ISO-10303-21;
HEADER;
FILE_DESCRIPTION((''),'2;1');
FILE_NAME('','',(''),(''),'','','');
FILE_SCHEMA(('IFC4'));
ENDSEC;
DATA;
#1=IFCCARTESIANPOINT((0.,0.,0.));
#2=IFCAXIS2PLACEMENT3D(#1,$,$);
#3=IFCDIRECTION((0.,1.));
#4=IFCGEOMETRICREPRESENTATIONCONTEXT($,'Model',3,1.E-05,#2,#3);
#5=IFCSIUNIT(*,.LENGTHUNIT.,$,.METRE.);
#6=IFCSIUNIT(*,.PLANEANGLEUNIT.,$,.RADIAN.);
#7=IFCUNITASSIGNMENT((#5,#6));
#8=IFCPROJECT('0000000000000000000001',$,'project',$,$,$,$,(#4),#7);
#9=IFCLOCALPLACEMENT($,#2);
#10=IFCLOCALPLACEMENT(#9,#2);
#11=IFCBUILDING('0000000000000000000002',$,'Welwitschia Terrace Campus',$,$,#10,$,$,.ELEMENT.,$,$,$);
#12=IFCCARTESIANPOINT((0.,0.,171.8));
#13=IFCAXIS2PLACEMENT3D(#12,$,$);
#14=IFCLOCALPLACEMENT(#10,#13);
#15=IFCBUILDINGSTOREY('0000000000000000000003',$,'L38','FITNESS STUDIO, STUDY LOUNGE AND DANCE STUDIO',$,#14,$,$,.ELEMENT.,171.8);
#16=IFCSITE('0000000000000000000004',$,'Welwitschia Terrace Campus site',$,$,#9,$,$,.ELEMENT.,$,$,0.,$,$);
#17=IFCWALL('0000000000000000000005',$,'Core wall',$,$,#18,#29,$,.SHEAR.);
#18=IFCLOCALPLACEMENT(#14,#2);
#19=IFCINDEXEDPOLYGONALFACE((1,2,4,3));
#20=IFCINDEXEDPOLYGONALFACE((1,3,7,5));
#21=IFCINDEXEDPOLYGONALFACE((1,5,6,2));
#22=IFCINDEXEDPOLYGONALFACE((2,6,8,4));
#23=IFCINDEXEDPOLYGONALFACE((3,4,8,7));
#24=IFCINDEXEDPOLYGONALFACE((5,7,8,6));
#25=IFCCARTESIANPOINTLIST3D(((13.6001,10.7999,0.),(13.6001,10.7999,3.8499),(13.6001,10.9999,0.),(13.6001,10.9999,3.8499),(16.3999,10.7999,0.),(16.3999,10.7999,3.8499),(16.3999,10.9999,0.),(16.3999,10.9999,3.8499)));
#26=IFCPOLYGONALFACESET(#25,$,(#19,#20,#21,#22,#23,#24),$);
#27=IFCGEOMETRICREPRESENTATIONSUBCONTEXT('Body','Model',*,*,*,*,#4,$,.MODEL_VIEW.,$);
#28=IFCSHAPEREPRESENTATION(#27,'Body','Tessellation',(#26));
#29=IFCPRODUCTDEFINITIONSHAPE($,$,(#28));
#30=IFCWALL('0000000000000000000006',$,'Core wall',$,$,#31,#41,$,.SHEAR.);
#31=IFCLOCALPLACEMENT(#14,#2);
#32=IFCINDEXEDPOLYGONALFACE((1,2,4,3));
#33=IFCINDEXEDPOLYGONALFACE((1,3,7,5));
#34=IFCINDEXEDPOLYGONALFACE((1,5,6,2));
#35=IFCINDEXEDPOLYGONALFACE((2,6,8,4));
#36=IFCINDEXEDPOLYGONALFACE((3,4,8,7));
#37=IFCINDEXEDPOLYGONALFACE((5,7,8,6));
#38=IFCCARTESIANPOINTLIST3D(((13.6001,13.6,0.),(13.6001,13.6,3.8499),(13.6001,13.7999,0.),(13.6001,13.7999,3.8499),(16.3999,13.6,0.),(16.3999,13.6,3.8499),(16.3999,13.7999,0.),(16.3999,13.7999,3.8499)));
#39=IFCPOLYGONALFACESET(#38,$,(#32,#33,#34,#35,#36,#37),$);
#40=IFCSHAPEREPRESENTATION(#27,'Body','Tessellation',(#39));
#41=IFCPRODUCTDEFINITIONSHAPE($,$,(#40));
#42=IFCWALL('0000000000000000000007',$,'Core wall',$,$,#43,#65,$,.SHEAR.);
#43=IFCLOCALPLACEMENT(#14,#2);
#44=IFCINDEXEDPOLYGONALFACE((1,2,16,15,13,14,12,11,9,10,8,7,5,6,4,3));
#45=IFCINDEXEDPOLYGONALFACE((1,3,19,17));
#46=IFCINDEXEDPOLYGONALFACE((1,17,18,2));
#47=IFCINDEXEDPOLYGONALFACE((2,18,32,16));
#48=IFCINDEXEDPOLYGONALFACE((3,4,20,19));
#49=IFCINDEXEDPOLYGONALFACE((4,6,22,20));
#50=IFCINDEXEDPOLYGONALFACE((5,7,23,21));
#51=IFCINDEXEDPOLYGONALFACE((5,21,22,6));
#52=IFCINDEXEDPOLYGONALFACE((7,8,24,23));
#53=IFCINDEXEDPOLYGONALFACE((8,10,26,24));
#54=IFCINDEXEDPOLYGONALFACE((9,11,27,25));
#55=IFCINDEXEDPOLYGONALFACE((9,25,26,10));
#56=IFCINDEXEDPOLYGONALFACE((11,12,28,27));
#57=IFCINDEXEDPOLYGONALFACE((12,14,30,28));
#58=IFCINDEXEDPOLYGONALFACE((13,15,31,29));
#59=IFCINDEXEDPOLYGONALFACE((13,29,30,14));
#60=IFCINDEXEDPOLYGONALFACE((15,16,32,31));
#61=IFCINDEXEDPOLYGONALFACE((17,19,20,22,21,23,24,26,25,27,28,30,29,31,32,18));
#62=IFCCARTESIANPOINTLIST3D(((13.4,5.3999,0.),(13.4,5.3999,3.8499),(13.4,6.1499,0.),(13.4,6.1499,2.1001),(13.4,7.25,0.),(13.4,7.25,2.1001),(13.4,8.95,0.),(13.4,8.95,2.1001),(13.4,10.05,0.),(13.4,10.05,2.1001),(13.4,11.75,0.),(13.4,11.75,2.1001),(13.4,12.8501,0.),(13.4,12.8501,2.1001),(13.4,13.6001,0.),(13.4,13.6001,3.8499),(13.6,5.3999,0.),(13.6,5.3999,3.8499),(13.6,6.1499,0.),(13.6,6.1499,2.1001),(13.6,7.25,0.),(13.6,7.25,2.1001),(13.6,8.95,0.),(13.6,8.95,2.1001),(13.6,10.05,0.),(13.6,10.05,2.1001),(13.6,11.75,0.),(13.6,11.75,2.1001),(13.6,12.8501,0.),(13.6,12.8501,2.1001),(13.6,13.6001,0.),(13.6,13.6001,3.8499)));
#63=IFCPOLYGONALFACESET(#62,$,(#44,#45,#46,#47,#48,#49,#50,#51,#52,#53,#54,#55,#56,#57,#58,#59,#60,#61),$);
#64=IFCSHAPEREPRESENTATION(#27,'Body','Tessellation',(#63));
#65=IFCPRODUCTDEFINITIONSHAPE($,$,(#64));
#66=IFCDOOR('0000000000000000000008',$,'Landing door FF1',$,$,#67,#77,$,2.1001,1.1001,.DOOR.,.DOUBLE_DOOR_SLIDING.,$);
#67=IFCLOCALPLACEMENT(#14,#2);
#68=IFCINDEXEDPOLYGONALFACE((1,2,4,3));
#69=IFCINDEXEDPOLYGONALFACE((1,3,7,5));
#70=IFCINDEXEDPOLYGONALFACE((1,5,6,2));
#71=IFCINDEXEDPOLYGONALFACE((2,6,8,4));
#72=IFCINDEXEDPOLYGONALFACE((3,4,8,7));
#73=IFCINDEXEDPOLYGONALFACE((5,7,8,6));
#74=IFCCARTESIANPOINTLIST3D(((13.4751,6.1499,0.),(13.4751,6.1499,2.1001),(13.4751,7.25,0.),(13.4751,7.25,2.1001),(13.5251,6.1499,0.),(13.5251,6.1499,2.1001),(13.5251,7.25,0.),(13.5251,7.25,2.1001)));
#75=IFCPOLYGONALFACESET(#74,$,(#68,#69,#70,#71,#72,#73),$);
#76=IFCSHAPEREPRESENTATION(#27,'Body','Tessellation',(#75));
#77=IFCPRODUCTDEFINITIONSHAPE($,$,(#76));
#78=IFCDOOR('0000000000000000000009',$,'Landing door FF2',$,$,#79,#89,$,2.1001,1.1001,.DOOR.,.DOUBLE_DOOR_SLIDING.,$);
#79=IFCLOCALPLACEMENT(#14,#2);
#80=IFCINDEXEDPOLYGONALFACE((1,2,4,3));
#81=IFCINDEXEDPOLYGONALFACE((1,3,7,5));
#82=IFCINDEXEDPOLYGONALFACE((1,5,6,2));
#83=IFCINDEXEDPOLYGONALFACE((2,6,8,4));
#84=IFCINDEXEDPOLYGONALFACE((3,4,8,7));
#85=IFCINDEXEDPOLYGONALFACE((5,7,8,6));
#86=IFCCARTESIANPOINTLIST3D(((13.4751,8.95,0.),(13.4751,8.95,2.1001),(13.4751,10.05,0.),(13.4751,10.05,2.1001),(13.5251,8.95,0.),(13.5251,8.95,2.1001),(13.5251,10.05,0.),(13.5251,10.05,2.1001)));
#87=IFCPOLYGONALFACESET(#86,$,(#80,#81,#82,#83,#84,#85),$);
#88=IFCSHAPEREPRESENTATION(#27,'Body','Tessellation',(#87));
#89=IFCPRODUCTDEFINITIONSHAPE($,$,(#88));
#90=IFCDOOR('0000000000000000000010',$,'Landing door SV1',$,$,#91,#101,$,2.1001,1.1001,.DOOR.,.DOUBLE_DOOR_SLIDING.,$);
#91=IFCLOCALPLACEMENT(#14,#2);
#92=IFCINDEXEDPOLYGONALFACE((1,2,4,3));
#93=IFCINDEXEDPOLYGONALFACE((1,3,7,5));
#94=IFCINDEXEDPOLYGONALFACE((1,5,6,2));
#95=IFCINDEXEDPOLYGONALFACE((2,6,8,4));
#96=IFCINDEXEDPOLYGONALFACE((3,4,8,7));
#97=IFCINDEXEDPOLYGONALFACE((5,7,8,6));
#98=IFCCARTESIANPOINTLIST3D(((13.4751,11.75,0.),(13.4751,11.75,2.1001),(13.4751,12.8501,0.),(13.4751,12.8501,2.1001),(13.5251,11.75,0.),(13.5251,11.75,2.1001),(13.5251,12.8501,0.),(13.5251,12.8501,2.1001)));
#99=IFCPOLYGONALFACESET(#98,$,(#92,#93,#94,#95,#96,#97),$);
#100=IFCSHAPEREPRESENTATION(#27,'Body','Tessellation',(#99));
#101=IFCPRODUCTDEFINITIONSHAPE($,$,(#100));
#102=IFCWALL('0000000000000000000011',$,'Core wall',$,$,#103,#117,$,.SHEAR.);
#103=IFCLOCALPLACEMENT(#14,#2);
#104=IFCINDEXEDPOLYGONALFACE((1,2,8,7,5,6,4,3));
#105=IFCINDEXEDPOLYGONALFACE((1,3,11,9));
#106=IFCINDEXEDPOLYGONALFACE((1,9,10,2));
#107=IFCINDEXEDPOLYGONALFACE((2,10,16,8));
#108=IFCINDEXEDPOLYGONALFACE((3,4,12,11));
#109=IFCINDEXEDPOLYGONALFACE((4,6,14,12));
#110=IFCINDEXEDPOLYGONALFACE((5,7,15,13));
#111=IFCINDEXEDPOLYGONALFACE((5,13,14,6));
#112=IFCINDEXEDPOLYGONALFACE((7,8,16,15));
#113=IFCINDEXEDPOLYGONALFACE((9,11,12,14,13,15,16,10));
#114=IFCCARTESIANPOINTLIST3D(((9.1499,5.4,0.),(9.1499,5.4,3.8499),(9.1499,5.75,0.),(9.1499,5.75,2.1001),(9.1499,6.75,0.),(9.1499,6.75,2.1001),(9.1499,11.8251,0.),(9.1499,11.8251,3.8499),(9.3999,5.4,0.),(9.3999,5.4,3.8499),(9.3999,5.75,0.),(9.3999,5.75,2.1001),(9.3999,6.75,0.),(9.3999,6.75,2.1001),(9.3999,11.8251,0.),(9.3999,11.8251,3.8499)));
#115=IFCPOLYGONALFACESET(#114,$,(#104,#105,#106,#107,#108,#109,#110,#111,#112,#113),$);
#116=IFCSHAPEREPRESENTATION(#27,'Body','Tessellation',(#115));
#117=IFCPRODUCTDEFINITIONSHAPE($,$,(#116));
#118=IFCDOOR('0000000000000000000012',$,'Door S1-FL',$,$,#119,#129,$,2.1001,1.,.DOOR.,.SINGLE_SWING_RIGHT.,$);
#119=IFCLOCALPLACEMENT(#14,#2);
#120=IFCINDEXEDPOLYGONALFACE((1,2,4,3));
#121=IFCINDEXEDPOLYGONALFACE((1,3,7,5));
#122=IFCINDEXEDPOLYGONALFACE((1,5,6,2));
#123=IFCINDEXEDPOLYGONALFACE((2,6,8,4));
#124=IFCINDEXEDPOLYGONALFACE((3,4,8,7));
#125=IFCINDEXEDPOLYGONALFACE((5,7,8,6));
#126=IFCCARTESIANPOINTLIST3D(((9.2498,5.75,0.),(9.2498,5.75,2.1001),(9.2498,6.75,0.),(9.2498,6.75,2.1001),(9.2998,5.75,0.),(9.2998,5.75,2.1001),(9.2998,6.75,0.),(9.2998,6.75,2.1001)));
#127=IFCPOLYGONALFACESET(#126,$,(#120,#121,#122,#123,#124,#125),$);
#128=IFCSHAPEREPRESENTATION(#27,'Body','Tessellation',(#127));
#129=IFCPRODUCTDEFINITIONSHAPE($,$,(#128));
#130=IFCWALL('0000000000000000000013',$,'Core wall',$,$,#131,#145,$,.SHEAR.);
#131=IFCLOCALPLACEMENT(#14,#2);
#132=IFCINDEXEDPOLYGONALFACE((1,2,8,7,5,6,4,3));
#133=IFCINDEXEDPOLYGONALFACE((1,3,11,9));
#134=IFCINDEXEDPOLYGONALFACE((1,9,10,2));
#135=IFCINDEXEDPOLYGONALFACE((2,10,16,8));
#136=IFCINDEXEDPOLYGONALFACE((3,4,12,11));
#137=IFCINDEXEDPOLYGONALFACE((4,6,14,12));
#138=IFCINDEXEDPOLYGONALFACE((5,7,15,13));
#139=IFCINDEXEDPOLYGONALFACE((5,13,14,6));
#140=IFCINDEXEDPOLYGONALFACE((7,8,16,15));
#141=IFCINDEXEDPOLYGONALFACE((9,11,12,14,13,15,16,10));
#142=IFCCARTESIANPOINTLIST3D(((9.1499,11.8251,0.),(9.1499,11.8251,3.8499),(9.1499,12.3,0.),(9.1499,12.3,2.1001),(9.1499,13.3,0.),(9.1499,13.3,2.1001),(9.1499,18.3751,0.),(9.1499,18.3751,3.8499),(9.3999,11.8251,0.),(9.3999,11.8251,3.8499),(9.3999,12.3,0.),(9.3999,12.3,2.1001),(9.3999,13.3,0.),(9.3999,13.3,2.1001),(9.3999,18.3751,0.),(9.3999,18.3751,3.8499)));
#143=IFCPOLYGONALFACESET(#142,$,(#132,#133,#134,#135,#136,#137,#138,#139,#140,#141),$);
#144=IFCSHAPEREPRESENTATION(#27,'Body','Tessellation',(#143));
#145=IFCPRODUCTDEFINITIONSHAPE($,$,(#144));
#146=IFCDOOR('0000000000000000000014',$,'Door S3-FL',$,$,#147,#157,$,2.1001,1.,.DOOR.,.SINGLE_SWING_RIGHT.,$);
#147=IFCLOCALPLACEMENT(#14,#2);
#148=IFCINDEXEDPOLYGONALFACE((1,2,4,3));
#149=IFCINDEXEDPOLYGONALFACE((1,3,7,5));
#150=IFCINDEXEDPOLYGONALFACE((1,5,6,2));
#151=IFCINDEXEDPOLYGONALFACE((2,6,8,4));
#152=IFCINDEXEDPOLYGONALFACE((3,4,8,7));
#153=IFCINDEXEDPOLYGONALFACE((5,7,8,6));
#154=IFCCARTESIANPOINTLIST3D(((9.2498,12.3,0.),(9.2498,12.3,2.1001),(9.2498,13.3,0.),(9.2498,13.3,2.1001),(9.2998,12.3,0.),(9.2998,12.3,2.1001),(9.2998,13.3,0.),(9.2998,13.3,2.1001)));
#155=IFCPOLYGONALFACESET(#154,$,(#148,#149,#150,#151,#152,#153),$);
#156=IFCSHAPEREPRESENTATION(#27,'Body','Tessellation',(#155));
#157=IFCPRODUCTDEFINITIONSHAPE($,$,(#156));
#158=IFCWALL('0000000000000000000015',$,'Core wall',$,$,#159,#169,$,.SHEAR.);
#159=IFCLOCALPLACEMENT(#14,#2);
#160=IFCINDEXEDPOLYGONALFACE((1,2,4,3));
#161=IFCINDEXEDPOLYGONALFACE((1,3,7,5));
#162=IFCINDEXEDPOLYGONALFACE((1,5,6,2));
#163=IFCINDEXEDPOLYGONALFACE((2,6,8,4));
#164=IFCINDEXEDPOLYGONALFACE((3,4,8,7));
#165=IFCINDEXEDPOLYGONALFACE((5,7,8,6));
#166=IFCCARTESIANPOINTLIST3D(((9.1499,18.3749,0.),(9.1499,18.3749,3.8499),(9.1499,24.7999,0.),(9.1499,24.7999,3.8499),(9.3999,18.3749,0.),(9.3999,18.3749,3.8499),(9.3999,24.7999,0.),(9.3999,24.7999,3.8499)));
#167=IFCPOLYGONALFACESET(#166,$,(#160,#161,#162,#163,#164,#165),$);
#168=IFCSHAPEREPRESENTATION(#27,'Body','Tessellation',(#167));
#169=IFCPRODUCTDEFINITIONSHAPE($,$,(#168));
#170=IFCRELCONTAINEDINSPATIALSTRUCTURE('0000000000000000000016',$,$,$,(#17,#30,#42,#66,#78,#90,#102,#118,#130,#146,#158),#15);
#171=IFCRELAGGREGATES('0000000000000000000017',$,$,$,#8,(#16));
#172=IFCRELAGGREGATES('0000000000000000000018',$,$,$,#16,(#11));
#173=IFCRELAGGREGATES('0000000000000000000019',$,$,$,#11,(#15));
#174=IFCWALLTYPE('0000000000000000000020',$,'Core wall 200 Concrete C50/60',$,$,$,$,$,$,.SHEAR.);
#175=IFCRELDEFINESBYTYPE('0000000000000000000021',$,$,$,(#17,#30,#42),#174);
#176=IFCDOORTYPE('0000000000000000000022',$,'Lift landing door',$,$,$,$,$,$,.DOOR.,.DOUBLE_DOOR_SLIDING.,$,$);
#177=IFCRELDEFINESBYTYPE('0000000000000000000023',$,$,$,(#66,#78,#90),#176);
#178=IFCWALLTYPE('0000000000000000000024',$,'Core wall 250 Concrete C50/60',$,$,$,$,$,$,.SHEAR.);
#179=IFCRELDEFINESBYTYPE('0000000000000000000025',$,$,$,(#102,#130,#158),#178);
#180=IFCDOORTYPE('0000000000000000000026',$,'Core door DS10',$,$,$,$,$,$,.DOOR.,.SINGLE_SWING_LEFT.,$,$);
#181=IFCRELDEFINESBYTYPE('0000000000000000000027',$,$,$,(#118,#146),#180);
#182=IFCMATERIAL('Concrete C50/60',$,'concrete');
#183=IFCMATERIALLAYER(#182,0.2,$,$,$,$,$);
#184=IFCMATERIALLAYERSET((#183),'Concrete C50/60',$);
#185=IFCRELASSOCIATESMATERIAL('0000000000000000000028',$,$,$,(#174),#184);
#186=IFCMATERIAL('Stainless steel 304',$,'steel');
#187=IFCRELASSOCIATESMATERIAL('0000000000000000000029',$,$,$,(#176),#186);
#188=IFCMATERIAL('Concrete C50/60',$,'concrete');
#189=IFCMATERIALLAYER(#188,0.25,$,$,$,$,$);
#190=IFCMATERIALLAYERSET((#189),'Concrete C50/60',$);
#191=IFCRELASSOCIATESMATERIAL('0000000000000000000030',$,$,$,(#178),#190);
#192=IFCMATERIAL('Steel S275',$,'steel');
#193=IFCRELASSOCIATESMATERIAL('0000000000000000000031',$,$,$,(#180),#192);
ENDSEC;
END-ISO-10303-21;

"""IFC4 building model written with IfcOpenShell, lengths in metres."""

from ifc_helpers import new_model, si_unit, direction, frame, frame_2d, origin, place, context, subcontext, project, spatial, rectangle, extrude, material, layer, layer_set, type_object, element, fill, save


model = new_model("IFC4")

# Units and contexts
model_context = context("Model", 3, precision=1e-05, world=origin(), true_north=direction((0.0, 1.0)))
body_context = subcontext(model_context, "Body", "Model", "MODEL_VIEW")
ifc_project = project(units=[si_unit("LENGTHUNIT", "METRE"), si_unit("PLANEANGLEUNIT", "RADIAN")], contexts=[model_context])

# Site, building, storey
site_placement = place(None, origin())
site = spatial("IfcSite", under=ifc_project, at=site_placement, Name="Welwitschia Terrace Campus site", CompositionType="ELEMENT", RefElevation=0.0)
building_placement = place(site_placement, origin())
building = spatial("IfcBuilding", under=site, at=building_placement, Name="Welwitschia Terrace Campus", CompositionType="ELEMENT")
storey_placement = place(building_placement, frame((0.0, 0.0, 171.8)))
storey = spatial("IfcBuildingStorey", under=building, at=storey_placement, Name="L38", Description="FITNESS STUDIO, STUDY LOUNGE AND DANCE STUDIO", CompositionType="ELEMENT", Elevation=171.8)

# Walls
ifc_material_1 = material(Name="Concrete C50/60", Category="concrete")
ifc_layer_1 = layer(ifc_material_1, 0.2)
ifc_layer_set_1 = layer_set([ifc_layer_1], Name="Concrete C50/60")
wall_type_1 = type_object("IfcWallType", Name="Core wall 200 Concrete C50/60", PredefinedType="SHEAR", material=ifc_layer_set_1)
for number, where, z_axis, x_axis, name in (
    (1, (13.6001, 10.8999, 0.0), (0.0, 0.0, 1.0), (1.0, 0.0, 0.0), "Core wall"),
    (2, (13.6001, 13.7, 0.0), (0.0, 0.0, 1.0), (1.0, 0.0, 0.0), "Core wall"),
):
    element("IfcWall", number, at=place(storey_placement, frame(where, z_axis=z_axis, x_axis=x_axis)), inside=storey, type_object=wall_type_1, Name=name, PredefinedType="SHEAR", context=body_context, shape_type="SweptSolid", body=[
        extrude(rectangle(XDim=2.7998, YDim=0.2, at=frame_2d((1.3999, 0.0))), origin(), (0.0, 0.0, 1.0), 3.8499),
    ])

# Wall, openings, doors
wall_1_placement = place(storey_placement, frame((13.5, 5.3999, 0.0), z_axis=(0.0, 0.0, 1.0), x_axis=(0.0, 1.0, 0.0)))
wall_1 = element("IfcWall", 3, at=wall_1_placement, inside=storey, type_object=wall_type_1, Name="Core wall", PredefinedType="SHEAR", context=body_context, shape_type="SweptSolid", body=[
    extrude(rectangle(XDim=8.2002, YDim=0.2, at=frame_2d((4.1001, 0.0))), origin(), (0.0, 0.0, 1.0), 3.8499),
])
opening_1_placement = place(wall_1_placement, frame((0.75, 0.0, 0.0)))
opening_1 = element("IfcOpeningElement", 4, at=opening_1_placement, cuts=wall_1, PredefinedType="OPENING", context=body_context, shape_type="SweptSolid", body=[
    extrude(rectangle(XDim=1.1001, YDim=2.1001, at=frame_2d((0.55, 1.05))), frame((0.0, 0.1099, 0.0), z_axis=(0.0, -1.0, 0.0), x_axis=(1.0, 0.0, 0.0)), (0.0, 0.0, 1.0), 0.22),
])
opening_2_placement = place(wall_1_placement, frame((3.55, 0.0, 0.0)))
opening_2 = element("IfcOpeningElement", 5, at=opening_2_placement, cuts=wall_1, PredefinedType="OPENING", context=body_context, shape_type="SweptSolid", body=[
    extrude(rectangle(XDim=1.1001, YDim=2.1001, at=frame_2d((0.55, 1.05))), frame((0.0, 0.1099, 0.0), z_axis=(0.0, -1.0, 0.0), x_axis=(1.0, 0.0, 0.0)), (0.0, 0.0, 1.0), 0.22),
])
opening_3_placement = place(wall_1_placement, frame((6.3501, 0.0, 0.0)))
opening_3 = element("IfcOpeningElement", 6, at=opening_3_placement, cuts=wall_1, PredefinedType="OPENING", context=body_context, shape_type="SweptSolid", body=[
    extrude(rectangle(XDim=1.1001, YDim=2.1001, at=frame_2d((0.55, 1.05))), frame((0.0, 0.1099, 0.0), z_axis=(0.0, -1.0, 0.0), x_axis=(1.0, 0.0, 0.0)), (0.0, 0.0, 1.0), 0.22),
])
ifc_material_2 = material(Name="Stainless steel 304", Category="steel")
door_type_1 = type_object("IfcDoorType", Name="Lift landing door", OperationType="DOUBLE_DOOR_SLIDING", PredefinedType="DOOR", material=ifc_material_2)
door_1_placement = place(opening_1_placement, origin())
door_1 = element("IfcDoor", 7, at=door_1_placement, inside=storey, type_object=door_type_1, Name="Landing door FF1", OperationType="DOUBLE_DOOR_SLIDING", OverallHeight=2.1001, OverallWidth=1.1001, PredefinedType="DOOR", context=body_context, shape_type="SweptSolid", body=[
    extrude(rectangle(XDim=1.1001, YDim=2.1001, at=frame_2d((0.55, 1.05))), frame((0.0, 0.0249, 0.0), z_axis=(0.0, -1.0, 0.0), x_axis=(1.0, 0.0, 0.0)), (0.0, 0.0, 1.0), 0.05),
])
fill(opening_1, door_1)
door_2_placement = place(opening_2_placement, origin())
door_2 = element("IfcDoor", 8, at=door_2_placement, inside=storey, type_object=door_type_1, Name="Landing door FF2", OperationType="DOUBLE_DOOR_SLIDING", OverallHeight=2.1001, OverallWidth=1.1001, PredefinedType="DOOR", context=body_context, shape_type="SweptSolid", body=[
    extrude(rectangle(XDim=1.1001, YDim=2.1001, at=frame_2d((0.55, 1.05))), frame((0.0, 0.0249, 0.0), z_axis=(0.0, -1.0, 0.0), x_axis=(1.0, 0.0, 0.0)), (0.0, 0.0, 1.0), 0.05),
])
fill(opening_2, door_2)
door_3_placement = place(opening_3_placement, origin())
door_3 = element("IfcDoor", 9, at=door_3_placement, inside=storey, type_object=door_type_1, Name="Landing door SV1", OperationType="DOUBLE_DOOR_SLIDING", OverallHeight=2.1001, OverallWidth=1.1001, PredefinedType="DOOR", context=body_context, shape_type="SweptSolid", body=[
    extrude(rectangle(XDim=1.1001, YDim=2.1001, at=frame_2d((0.55, 1.05))), frame((0.0, 0.0249, 0.0), z_axis=(0.0, -1.0, 0.0), x_axis=(1.0, 0.0, 0.0)), (0.0, 0.0, 1.0), 0.05),
])
fill(opening_3, door_3)

# Walls, openings, doors
ifc_material_3 = material(Name="Concrete C50/60", Category="concrete")
ifc_layer_2 = layer(ifc_material_3, 0.25)
ifc_layer_set_2 = layer_set([ifc_layer_2], Name="Concrete C50/60")
wall_type_2 = type_object("IfcWallType", Name="Core wall 250 Concrete C50/60", PredefinedType="SHEAR", material=ifc_layer_set_2)
wall_2_placement = place(storey_placement, frame((9.2749, 11.825, 0.0), z_axis=(0.0, 0.0, 1.0), x_axis=(0.0, -1.0, 0.0)))
wall_2 = element("IfcWall", 10, at=wall_2_placement, inside=storey, type_object=wall_type_2, Name="Core wall", PredefinedType="SHEAR", context=body_context, shape_type="SweptSolid", body=[
    extrude(rectangle(XDim=6.425, YDim=0.25, at=frame_2d((3.2124, 0.0))), origin(), (0.0, 0.0, 1.0), 3.8499),
])
opening_4_placement = place(wall_2_placement, frame((5.075, 0.0, 0.0)))
opening_4 = element("IfcOpeningElement", 11, at=opening_4_placement, cuts=wall_2, PredefinedType="OPENING", context=body_context, shape_type="SweptSolid", body=[
    extrude(rectangle(XDim=1.0, YDim=2.1001, at=frame_2d((0.5, 1.05))), frame((0.0, 0.135, 0.0), z_axis=(0.0, -1.0, 0.0), x_axis=(1.0, 0.0, 0.0)), (0.0, 0.0, 1.0), 0.27),
])
ifc_material_4 = material(Name="Steel S275", Category="steel")
door_type_2 = type_object("IfcDoorType", Name="Core door DS10", OperationType="SINGLE_SWING_LEFT", PredefinedType="DOOR", material=ifc_material_4)
door_4_placement = place(opening_4_placement, origin())
door_4 = element("IfcDoor", 12, at=door_4_placement, inside=storey, type_object=door_type_2, Name="Door S1-FL", OperationType="SINGLE_SWING_RIGHT", OverallHeight=2.1001, OverallWidth=1.0, PredefinedType="DOOR", context=body_context, shape_type="SweptSolid", body=[
    extrude(rectangle(XDim=1.0, YDim=2.1001, at=frame_2d((0.5, 1.05))), frame((0.0, 0.0249, 0.0), z_axis=(0.0, -1.0, 0.0), x_axis=(1.0, 0.0, 0.0)), (0.0, 0.0, 1.0), 0.05),
])
fill(opening_4, door_4)
wall_3_placement = place(storey_placement, frame((9.2749, 18.375, 0.0), z_axis=(0.0, 0.0, 1.0), x_axis=(0.0, -1.0, 0.0)))
wall_3 = element("IfcWall", 13, at=wall_3_placement, inside=storey, type_object=wall_type_2, Name="Core wall", PredefinedType="SHEAR", context=body_context, shape_type="SweptSolid", body=[
    extrude(rectangle(XDim=6.55, YDim=0.25, at=frame_2d((3.2749, 0.0))), origin(), (0.0, 0.0, 1.0), 3.8499),
])
opening_5_placement = place(wall_3_placement, frame((5.075, 0.0, 0.0)))
opening_5 = element("IfcOpeningElement", 14, at=opening_5_placement, cuts=wall_3, PredefinedType="OPENING", context=body_context, shape_type="SweptSolid", body=[
    extrude(rectangle(XDim=1.0, YDim=2.1001, at=frame_2d((0.5, 1.05))), frame((0.0, 0.135, 0.0), z_axis=(0.0, -1.0, 0.0), x_axis=(1.0, 0.0, 0.0)), (0.0, 0.0, 1.0), 0.27),
])
door_5_placement = place(opening_5_placement, origin())
door_5 = element("IfcDoor", 15, at=door_5_placement, inside=storey, type_object=door_type_2, Name="Door S3-FL", OperationType="SINGLE_SWING_RIGHT", OverallHeight=2.1001, OverallWidth=1.0, PredefinedType="DOOR", context=body_context, shape_type="SweptSolid", body=[
    extrude(rectangle(XDim=1.0, YDim=2.1001, at=frame_2d((0.5, 1.05))), frame((0.0, 0.0249, 0.0), z_axis=(0.0, -1.0, 0.0), x_axis=(1.0, 0.0, 0.0)), (0.0, 0.0, 1.0), 0.05),
])
fill(opening_5, door_5)

# Wall
wall_4_placement = place(storey_placement, frame((9.2749, 18.375, 0.0), z_axis=(0.0, 0.0, 1.0), x_axis=(0.0, 1.0, 0.0)))
element("IfcWall", 16, at=wall_4_placement, inside=storey, type_object=wall_type_2, Name="Core wall", PredefinedType="SHEAR", context=body_context, shape_type="SweptSolid", body=[
    extrude(rectangle(XDim=6.425, YDim=0.25, at=frame_2d((3.2124, 0.0))), origin(), (0.0, 0.0, 1.0), 3.8499),
])

save(model, "model.ifc")
